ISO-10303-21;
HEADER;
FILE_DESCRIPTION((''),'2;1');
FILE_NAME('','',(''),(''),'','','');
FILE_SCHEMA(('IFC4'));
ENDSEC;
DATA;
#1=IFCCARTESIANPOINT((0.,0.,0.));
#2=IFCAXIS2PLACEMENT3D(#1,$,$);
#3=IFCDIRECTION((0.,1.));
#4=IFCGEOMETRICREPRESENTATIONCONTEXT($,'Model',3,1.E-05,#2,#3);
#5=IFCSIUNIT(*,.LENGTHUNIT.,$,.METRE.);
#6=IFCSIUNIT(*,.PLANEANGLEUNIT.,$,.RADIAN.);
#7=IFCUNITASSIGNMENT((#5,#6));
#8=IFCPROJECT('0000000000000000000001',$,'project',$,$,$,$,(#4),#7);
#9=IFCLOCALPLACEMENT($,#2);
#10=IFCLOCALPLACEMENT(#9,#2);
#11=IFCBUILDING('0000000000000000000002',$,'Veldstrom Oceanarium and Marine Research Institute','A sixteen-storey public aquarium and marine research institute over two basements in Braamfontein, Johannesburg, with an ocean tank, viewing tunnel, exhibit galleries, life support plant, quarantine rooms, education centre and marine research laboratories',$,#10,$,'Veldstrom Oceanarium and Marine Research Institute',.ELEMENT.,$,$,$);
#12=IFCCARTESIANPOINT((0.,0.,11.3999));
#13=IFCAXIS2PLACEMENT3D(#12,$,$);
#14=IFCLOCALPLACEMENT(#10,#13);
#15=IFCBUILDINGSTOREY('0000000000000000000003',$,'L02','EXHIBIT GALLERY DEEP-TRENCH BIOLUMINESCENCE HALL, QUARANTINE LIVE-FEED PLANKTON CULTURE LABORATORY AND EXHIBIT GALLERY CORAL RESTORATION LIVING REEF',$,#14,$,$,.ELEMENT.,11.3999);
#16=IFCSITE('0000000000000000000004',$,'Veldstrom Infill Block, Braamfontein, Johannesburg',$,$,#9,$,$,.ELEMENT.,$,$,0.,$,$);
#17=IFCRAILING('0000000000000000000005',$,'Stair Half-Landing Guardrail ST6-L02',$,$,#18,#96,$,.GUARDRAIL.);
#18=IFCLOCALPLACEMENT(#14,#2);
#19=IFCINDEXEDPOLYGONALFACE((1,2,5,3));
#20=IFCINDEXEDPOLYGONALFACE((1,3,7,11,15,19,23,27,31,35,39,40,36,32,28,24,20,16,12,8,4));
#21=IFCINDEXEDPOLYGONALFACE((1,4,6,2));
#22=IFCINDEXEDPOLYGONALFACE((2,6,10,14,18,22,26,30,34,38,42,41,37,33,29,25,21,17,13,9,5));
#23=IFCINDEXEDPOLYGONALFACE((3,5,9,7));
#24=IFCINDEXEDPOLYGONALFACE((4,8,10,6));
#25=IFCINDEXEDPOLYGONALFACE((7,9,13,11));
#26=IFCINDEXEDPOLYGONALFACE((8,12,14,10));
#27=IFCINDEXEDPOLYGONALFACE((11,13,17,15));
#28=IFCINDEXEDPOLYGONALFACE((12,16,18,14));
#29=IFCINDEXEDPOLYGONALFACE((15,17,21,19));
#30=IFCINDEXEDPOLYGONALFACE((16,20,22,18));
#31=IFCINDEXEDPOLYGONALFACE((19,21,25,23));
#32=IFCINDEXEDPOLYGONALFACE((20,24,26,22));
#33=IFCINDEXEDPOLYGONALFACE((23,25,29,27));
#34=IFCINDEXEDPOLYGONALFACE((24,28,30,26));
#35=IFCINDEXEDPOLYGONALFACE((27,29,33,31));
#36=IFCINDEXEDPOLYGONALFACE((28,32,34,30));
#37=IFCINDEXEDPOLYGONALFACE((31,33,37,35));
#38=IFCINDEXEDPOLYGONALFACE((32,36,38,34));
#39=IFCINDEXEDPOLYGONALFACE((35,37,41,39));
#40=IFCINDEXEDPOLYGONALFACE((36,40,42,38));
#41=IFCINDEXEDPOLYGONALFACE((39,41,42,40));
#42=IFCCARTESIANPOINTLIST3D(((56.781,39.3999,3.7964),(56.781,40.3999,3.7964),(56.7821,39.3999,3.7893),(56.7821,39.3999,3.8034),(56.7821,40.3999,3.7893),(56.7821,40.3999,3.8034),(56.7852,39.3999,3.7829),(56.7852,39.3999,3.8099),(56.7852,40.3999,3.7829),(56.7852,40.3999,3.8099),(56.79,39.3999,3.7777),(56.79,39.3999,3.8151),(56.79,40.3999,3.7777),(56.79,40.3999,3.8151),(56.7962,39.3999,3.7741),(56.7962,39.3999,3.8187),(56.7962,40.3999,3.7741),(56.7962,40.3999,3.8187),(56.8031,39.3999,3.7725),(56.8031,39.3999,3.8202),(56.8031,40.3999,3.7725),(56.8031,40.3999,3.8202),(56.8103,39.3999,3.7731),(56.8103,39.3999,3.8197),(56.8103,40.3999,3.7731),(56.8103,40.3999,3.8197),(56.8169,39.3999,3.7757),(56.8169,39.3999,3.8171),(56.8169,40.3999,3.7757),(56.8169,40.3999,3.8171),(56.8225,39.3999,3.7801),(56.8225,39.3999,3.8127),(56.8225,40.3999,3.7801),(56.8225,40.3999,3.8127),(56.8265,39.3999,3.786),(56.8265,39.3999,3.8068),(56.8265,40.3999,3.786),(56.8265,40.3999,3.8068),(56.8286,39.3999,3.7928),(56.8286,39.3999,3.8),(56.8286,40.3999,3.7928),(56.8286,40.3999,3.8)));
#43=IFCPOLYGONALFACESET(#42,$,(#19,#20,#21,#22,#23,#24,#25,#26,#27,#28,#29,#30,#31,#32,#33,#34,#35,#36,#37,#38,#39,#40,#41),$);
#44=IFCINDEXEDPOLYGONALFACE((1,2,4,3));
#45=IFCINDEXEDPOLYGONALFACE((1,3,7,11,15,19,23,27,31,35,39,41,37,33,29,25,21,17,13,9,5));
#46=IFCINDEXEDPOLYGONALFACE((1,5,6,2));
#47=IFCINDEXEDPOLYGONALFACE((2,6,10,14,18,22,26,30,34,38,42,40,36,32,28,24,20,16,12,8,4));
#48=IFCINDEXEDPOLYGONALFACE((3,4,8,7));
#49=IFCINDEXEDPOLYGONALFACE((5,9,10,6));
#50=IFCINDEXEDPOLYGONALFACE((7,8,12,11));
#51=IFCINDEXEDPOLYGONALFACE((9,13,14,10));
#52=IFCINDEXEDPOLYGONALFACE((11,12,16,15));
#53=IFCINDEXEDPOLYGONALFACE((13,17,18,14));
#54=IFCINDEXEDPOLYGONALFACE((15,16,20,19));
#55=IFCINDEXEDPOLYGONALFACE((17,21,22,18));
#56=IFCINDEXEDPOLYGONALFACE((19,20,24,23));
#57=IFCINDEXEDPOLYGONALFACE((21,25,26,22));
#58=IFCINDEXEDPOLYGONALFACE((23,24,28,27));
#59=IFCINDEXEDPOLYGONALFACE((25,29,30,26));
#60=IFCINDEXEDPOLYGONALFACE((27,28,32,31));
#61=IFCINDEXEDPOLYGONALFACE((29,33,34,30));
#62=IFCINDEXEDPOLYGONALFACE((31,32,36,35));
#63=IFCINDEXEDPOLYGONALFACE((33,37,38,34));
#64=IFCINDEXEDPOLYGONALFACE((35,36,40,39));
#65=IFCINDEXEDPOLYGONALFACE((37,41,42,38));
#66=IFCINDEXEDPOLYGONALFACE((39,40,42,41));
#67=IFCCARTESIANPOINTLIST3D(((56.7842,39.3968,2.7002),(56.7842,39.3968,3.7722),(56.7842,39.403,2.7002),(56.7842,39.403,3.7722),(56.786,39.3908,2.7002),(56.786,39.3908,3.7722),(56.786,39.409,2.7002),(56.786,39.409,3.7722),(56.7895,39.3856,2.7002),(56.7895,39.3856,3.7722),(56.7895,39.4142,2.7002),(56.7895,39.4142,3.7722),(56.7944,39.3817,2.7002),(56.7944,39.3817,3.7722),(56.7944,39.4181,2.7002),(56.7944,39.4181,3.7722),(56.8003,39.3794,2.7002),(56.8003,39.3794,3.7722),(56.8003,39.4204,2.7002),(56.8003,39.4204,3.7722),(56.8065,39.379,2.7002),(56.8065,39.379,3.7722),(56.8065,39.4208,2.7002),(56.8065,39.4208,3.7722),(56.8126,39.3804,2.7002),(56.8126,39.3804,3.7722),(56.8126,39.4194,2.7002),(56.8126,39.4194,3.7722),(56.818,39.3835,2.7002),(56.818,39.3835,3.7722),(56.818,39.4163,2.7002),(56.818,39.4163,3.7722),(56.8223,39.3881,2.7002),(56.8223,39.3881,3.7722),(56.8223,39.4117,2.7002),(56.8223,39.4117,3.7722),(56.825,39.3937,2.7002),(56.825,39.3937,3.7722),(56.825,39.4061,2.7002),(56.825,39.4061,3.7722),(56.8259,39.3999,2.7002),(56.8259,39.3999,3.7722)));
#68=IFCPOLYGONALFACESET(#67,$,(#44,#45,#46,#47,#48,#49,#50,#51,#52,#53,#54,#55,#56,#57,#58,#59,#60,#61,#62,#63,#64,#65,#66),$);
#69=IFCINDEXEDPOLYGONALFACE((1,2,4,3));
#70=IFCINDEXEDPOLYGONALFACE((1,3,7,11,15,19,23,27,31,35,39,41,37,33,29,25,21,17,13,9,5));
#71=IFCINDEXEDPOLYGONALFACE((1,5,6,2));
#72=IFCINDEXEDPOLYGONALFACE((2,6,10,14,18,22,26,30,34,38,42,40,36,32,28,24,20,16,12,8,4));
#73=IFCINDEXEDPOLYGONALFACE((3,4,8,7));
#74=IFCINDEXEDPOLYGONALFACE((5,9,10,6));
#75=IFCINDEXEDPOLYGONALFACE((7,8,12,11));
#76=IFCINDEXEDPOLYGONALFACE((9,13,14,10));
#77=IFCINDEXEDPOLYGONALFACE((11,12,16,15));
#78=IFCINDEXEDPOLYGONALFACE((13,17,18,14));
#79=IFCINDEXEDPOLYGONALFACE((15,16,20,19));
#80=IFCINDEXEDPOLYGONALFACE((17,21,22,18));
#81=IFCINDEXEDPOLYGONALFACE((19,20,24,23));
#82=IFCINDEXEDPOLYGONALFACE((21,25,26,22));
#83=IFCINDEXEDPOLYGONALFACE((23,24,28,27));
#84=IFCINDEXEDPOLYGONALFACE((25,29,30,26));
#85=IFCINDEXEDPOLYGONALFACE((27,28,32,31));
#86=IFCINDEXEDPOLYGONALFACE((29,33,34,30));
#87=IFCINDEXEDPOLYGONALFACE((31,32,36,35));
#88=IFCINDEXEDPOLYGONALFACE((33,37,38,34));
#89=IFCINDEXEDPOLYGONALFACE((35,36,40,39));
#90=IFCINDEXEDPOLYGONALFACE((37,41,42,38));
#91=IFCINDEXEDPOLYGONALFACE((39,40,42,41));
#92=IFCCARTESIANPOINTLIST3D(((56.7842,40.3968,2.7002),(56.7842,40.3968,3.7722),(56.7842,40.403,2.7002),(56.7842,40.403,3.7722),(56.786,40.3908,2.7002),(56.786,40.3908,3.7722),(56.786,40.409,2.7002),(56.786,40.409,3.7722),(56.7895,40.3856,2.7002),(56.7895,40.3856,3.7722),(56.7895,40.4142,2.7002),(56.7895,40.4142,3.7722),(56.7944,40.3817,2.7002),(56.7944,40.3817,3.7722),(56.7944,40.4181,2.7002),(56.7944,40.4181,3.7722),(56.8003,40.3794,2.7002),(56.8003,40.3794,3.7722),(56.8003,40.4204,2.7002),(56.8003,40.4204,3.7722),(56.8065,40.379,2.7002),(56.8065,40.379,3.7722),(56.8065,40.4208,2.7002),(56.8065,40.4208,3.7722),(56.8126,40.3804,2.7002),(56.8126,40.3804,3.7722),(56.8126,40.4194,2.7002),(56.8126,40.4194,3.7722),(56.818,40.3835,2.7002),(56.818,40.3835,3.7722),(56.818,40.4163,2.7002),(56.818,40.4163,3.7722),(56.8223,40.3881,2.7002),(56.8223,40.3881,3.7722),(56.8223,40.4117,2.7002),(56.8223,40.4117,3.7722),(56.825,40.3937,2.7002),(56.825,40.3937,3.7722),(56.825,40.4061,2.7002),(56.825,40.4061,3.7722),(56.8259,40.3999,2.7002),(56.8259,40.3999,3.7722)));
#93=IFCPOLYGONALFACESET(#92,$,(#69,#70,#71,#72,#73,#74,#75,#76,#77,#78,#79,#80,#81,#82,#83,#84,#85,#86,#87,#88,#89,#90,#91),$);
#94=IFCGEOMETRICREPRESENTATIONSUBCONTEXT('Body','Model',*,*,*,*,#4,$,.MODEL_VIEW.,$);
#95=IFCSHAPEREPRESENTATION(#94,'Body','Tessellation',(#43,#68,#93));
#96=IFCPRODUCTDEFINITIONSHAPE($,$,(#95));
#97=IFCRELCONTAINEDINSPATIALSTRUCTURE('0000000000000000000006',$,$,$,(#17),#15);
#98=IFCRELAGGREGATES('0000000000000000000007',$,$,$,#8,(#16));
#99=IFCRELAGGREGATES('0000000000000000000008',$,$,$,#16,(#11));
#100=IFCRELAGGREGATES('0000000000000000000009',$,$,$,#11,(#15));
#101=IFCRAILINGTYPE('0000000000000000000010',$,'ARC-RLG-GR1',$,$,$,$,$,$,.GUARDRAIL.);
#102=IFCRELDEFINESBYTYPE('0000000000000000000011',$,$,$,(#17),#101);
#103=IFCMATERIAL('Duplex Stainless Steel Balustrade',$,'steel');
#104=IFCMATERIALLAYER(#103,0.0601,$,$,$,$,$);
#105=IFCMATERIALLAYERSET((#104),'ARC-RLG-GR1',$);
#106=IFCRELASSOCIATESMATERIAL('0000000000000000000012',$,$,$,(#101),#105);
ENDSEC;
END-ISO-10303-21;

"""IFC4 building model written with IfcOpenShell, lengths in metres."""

from ifc_helpers import new_model, si_unit, direction, frame, origin, origin_2d, place, context, subcontext, project, spatial, circle, extrude, material, layer, layer_set, type_object, element, save


model = new_model("IFC4")

# Units and contexts
model_context = context("Model", 3, precision=1e-05, world=origin(), true_north=direction((0.0, 1.0)))
body_context = subcontext(model_context, "Body", "Model", "MODEL_VIEW")
ifc_project = project(units=[si_unit("LENGTHUNIT", "METRE"), si_unit("PLANEANGLEUNIT", "RADIAN")], contexts=[model_context])

# Site, building, storey
site_placement = place(None, origin())
site = spatial("IfcSite", under=ifc_project, at=site_placement, Name="Veldstrom Infill Block, Braamfontein, Johannesburg", CompositionType="ELEMENT", RefElevation=0.0)
building_placement = place(site_placement, origin())
building = spatial("IfcBuilding", under=site, at=building_placement, Name="Veldstrom Oceanarium and Marine Research Institute", Description="A sixteen-storey public aquarium and marine research institute over two basements in Braamfontein, Johannesburg, with an ocean tank, viewing tunnel, exhibit galleries, life support plant, quarantine rooms, education centre and marine research laboratories", LongName="Veldstrom Oceanarium and Marine Research Institute", CompositionType="ELEMENT")
storey_placement = place(building_placement, frame((0.0, 0.0, 11.3999)))
storey = spatial("IfcBuildingStorey", under=building, at=storey_placement, Name="L02", Description="EXHIBIT GALLERY DEEP-TRENCH BIOLUMINESCENCE HALL, QUARANTINE LIVE-FEED PLANKTON CULTURE LABORATORY AND EXHIBIT GALLERY CORAL RESTORATION LIVING REEF", CompositionType="ELEMENT", Elevation=11.3999)

# Railing
ifc_material_1 = material(Name="Duplex Stainless Steel Balustrade", Category="steel")
ifc_layer_1 = layer(ifc_material_1, 0.0601)
ifc_layer_set_1 = layer_set([ifc_layer_1], Name="ARC-RLG-GR1")
railing_type_1 = type_object("IfcRailingType", Name="ARC-RLG-GR1", PredefinedType="GUARDRAIL", material=ifc_layer_set_1)
railing_1_placement = place(storey_placement, frame((56.8049, 39.3999, 2.7002)))
element("IfcRailing", 1, at=railing_1_placement, inside=storey, type_object=railing_type_1, Name="Stair Half-Landing Guardrail ST6-L02", PredefinedType="GUARDRAIL", context=body_context, shape_type="SweptSolid", body=[
    extrude(circle(Radius=0.0239, at=origin_2d()), frame((0.0, 0.0, 1.0962), z_axis=(0.0, 1.0, 0.0), x_axis=(-1.0, 0.0, 0.0)), (0.0, 0.0, 1.0), 1.0),
    extrude(circle(Radius=0.021, at=origin_2d()), origin(), (0.0, 0.0, 1.0), 1.072),
    extrude(circle(Radius=0.021, at=origin_2d()), frame((0.0, 1.0, 0.0)), (0.0, 0.0, 1.0), 1.072),
])

save(model, "model.ifc")
